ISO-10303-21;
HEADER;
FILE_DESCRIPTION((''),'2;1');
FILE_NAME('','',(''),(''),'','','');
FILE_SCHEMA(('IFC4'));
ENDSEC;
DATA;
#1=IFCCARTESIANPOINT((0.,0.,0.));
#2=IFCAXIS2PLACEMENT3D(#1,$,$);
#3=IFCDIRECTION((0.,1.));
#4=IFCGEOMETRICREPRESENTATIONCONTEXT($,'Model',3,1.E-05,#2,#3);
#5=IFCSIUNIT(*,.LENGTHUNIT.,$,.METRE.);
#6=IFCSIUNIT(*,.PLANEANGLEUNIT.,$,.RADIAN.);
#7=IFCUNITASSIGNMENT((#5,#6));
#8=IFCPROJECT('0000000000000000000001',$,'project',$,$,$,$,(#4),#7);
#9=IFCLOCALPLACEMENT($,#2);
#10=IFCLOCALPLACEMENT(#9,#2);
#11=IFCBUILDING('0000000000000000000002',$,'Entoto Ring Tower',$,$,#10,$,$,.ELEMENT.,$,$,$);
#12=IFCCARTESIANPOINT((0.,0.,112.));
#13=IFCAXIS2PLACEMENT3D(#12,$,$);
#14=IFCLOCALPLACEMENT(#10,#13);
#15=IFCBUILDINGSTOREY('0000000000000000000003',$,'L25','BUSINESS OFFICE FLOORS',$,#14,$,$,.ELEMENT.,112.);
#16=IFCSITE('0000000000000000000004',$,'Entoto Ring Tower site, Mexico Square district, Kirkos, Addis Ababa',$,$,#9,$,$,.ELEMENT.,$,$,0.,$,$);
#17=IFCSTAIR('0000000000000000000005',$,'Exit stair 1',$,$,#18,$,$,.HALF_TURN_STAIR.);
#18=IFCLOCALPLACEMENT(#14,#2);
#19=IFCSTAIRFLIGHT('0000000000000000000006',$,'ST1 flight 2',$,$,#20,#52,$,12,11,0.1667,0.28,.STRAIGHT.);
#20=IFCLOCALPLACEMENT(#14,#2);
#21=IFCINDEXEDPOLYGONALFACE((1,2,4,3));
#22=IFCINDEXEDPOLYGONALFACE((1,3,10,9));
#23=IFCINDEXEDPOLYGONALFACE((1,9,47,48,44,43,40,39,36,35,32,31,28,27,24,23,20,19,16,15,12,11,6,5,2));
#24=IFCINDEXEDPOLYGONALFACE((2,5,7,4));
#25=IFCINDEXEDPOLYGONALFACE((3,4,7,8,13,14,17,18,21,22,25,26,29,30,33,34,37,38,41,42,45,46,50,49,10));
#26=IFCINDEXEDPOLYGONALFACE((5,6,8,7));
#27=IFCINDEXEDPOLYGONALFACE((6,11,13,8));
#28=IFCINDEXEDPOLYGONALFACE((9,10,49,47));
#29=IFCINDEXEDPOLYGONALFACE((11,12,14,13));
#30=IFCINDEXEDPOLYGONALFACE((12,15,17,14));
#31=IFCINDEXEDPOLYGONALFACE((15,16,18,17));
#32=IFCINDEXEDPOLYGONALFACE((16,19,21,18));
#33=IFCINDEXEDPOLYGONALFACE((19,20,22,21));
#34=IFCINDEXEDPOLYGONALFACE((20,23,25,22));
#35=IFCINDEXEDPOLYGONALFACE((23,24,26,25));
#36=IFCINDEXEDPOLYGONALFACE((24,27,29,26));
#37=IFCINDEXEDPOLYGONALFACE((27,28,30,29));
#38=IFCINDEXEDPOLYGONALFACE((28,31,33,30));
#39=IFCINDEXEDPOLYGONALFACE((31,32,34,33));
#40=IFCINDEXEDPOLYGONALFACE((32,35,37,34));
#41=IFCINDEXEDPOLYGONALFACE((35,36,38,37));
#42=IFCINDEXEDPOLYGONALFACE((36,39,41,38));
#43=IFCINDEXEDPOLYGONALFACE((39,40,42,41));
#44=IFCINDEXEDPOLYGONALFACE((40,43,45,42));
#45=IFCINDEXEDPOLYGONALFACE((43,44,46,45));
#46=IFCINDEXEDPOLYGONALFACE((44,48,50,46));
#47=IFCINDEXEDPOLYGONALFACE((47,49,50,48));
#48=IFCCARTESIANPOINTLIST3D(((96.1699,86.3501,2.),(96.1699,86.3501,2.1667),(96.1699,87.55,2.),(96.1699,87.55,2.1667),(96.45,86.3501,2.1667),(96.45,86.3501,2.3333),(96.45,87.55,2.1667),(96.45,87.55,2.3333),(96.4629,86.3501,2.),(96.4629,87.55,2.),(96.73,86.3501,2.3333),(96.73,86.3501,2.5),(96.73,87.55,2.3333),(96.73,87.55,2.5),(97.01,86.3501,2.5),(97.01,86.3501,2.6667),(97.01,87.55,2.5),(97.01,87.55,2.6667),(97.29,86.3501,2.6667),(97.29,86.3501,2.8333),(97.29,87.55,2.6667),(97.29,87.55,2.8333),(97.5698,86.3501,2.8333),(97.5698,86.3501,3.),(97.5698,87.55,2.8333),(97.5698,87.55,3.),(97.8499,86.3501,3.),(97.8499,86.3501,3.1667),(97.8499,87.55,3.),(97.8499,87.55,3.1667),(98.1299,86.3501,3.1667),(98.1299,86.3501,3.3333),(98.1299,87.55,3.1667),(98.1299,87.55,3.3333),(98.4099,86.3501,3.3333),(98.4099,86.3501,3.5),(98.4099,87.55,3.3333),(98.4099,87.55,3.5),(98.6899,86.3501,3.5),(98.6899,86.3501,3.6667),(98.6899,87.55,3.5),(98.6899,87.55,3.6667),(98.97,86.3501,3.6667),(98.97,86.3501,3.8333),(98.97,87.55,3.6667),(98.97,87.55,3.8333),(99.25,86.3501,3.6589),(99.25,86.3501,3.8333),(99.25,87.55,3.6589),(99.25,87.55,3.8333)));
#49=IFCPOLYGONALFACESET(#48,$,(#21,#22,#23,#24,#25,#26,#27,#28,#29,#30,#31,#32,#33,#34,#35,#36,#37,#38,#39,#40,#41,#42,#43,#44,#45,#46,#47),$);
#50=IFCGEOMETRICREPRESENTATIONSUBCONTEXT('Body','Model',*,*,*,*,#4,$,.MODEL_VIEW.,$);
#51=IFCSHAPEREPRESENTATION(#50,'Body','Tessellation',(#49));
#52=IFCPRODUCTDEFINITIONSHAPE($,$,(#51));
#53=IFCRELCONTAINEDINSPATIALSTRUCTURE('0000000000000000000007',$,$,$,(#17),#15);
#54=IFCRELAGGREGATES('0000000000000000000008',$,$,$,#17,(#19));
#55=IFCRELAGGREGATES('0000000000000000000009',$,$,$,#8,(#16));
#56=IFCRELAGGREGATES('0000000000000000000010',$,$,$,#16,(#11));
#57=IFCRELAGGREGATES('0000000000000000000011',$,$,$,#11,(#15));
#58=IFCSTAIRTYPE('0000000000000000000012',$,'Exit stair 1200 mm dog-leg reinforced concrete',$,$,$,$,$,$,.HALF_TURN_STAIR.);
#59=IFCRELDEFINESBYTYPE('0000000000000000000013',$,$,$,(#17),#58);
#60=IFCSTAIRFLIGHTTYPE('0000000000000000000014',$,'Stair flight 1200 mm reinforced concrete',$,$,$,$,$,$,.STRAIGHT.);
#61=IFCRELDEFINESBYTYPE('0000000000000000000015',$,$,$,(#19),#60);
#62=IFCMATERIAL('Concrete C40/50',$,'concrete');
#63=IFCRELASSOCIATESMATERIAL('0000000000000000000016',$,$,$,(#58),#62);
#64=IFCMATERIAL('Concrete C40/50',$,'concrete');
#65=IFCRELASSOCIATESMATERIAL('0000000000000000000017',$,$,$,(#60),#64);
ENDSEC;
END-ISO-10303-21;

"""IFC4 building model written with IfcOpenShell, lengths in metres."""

from ifc_helpers import new_model, si_unit, direction, frame, origin, place, context, subcontext, project, spatial, polyline, outline, extrude, material, type_object, element, aggregate, save


model = new_model("IFC4")

# Units and contexts
model_context = context("Model", 3, precision=1e-05, world=origin(), true_north=direction((0.0, 1.0)))
body_context = subcontext(model_context, "Body", "Model", "MODEL_VIEW")
ifc_project = project(units=[si_unit("LENGTHUNIT", "METRE"), si_unit("PLANEANGLEUNIT", "RADIAN")], contexts=[model_context])

# Site, building, storey
site_placement = place(None, origin())
site = spatial("IfcSite", under=ifc_project, at=site_placement, Name="Entoto Ring Tower site, Mexico Square district, Kirkos, Addis Ababa", CompositionType="ELEMENT", RefElevation=0.0)
building_placement = place(site_placement, origin())
building = spatial("IfcBuilding", under=site, at=building_placement, Name="Entoto Ring Tower", CompositionType="ELEMENT")
storey_placement = place(building_placement, frame((0.0, 0.0, 112.0)))
storey = spatial("IfcBuildingStorey", under=building, at=storey_placement, Name="L25", Description="BUSINESS OFFICE FLOORS", CompositionType="ELEMENT", Elevation=112.0)

# Stair, stair flight
ifc_material_1 = material(Name="Concrete C40/50", Category="concrete")
stair_type = type_object("IfcStairType", Name="Exit stair 1200 mm dog-leg reinforced concrete", PredefinedType="HALF_TURN_STAIR", material=ifc_material_1)
stair_placement = place(storey_placement, origin())
stair = element("IfcStair", 1, at=stair_placement, inside=storey, type_object=stair_type, Name="Exit stair 1", PredefinedType="HALF_TURN_STAIR")
ifc_material_2 = material(Name="Concrete C40/50", Category="concrete")
stair_flight_type = type_object("IfcStairFlightType", Name="Stair flight 1200 mm reinforced concrete", PredefinedType="STRAIGHT", material=ifc_material_2)
stair_flight_1_placement = place(storey_placement, frame((96.1699, 86.95, 2.0), z_axis=(0.0, 0.0, 1.0), x_axis=(1.0, 0.0, 0.0)))
stair_flight_1 = element("IfcStairFlight", 2, at=stair_flight_1_placement, type_object=stair_flight_type, Name="ST1 flight 2", NumberOfRisers=12, NumberOfTreads=11, PredefinedType="STRAIGHT", RiserHeight=0.1667, TreadLength=0.28, context=body_context, shape_type="SweptSolid", body=[
    extrude(outline(polyline([(0.0, 0.0), (0.0, 0.1667), (0.28, 0.1667), (0.28, 0.3333), (0.5601, 0.3333), (0.5601, 0.5), (0.8401, 0.5), (0.8401, 0.6667), (1.1201, 0.6667), (1.1201, 0.8333), (1.3999, 0.8333), (1.3999, 1.0), (1.6799, 1.0), (1.6799, 1.1667), (1.96, 1.1667), (1.96, 1.3333), (2.24, 1.3333), (2.24, 1.5), (2.52, 1.5), (2.52, 1.6667), (2.8, 1.6667), (2.8, 1.8333), (3.0801, 1.8333), (3.0801, 2.0), (3.0801, 1.6589), (0.293, 0.0), (0.0, 0.0)])), frame((0.0, 0.6001, 0.0), z_axis=(0.0, -1.0, 0.0), x_axis=(1.0, 0.0, 0.0)), (0.0, 0.0, 1.0), 1.2),
])
aggregate(stair, [stair_flight_1])

save(model, "model.ifc")
